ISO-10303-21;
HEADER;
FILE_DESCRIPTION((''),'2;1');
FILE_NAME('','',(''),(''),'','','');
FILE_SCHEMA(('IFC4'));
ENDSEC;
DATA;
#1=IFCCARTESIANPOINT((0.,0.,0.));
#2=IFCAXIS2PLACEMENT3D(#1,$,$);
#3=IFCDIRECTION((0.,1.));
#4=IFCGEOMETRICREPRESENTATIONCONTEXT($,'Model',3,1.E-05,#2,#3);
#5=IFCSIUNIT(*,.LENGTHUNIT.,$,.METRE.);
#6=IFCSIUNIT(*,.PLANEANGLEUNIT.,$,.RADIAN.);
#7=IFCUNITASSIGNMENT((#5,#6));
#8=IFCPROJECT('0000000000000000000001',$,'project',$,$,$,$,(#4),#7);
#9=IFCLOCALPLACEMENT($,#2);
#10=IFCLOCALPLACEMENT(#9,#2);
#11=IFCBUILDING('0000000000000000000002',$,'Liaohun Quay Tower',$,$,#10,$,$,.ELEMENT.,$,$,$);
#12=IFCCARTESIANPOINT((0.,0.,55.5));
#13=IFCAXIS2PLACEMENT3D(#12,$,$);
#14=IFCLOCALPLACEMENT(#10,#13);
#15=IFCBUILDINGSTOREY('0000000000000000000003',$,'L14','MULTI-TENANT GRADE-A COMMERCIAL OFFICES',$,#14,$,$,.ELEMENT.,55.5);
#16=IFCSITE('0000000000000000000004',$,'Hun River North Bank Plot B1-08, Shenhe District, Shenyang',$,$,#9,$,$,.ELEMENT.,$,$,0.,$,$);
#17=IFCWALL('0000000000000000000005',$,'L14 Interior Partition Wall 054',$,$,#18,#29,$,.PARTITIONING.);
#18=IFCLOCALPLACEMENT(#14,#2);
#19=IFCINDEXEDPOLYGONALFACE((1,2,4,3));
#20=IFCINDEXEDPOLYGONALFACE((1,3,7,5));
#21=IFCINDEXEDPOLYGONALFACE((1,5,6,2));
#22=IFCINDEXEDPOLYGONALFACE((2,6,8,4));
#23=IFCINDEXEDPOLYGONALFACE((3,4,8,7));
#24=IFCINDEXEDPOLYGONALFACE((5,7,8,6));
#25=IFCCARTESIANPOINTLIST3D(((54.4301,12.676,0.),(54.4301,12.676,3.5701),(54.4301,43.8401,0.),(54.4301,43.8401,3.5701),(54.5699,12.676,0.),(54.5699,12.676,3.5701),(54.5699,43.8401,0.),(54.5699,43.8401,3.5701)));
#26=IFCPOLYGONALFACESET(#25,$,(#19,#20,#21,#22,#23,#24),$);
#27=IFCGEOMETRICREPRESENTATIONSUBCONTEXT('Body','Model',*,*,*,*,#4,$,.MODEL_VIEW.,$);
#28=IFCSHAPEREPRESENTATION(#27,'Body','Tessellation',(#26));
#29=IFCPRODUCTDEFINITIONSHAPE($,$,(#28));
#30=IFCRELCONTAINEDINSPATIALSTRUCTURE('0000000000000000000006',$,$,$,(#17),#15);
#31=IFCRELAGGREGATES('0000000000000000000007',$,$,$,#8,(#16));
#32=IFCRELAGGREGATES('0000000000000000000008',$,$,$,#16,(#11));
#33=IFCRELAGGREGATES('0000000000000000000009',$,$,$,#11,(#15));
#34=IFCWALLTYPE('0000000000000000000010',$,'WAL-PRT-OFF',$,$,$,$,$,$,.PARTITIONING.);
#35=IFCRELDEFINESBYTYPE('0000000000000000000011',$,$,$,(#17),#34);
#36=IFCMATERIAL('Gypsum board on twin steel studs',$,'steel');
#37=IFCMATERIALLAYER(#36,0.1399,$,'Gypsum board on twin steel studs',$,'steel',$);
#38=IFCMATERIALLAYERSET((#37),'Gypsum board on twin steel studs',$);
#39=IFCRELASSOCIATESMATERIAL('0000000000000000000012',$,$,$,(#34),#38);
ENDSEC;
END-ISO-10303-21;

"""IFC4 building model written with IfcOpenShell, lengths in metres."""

from ifc_helpers import new_model, si_unit, direction, frame, frame_2d, origin, place, context, subcontext, project, spatial, rectangle, extrude, material, layer, layer_set, type_object, element, save


model = new_model("IFC4")

# Units and contexts
model_context = context("Model", 3, precision=1e-05, world=origin(), true_north=direction((0.0, 1.0)))
body_context = subcontext(model_context, "Body", "Model", "MODEL_VIEW")
ifc_project = project(units=[si_unit("LENGTHUNIT", "METRE"), si_unit("PLANEANGLEUNIT", "RADIAN")], contexts=[model_context])

# Site, building, storey
site_placement = place(None, origin())
site = spatial("IfcSite", under=ifc_project, at=site_placement, Name="Hun River North Bank Plot B1-08, Shenhe District, Shenyang", CompositionType="ELEMENT", RefElevation=0.0)
building_placement = place(site_placement, origin())
building = spatial("IfcBuilding", under=site, at=building_placement, Name="Liaohun Quay Tower", CompositionType="ELEMENT")
storey_placement = place(building_placement, frame((0.0, 0.0, 55.5)))
storey = spatial("IfcBuildingStorey", under=building, at=storey_placement, Name="L14", Description="MULTI-TENANT GRADE-A COMMERCIAL OFFICES", CompositionType="ELEMENT", Elevation=55.5)

# Wall
ifc_material_1 = material(Name="Gypsum board on twin steel studs", Category="steel")
ifc_layer_1 = layer(ifc_material_1, 0.1399, Name="Gypsum board on twin steel studs", Category="steel")
ifc_layer_set_1 = layer_set([ifc_layer_1], Name="Gypsum board on twin steel studs")
wall_type_1 = type_object("IfcWallType", Name="WAL-PRT-OFF", PredefinedType="PARTITIONING", material=ifc_layer_set_1)
wall_1_placement = place(storey_placement, frame((54.5, 43.8401, 0.0), z_axis=(0.0, 0.0, 1.0), x_axis=(0.0, -1.0, 0.0)))
element("IfcWall", 1, at=wall_1_placement, inside=storey, type_object=wall_type_1, Name="L14 Interior Partition Wall 054", PredefinedType="PARTITIONING", context=body_context, shape_type="SweptSolid", body=[
    extrude(rectangle(XDim=31.1641, YDim=0.1399, at=frame_2d((15.582, 0.0))), origin(), (0.0, 0.0, 1.0), 3.5701),
])

save(model, "model.ifc")
